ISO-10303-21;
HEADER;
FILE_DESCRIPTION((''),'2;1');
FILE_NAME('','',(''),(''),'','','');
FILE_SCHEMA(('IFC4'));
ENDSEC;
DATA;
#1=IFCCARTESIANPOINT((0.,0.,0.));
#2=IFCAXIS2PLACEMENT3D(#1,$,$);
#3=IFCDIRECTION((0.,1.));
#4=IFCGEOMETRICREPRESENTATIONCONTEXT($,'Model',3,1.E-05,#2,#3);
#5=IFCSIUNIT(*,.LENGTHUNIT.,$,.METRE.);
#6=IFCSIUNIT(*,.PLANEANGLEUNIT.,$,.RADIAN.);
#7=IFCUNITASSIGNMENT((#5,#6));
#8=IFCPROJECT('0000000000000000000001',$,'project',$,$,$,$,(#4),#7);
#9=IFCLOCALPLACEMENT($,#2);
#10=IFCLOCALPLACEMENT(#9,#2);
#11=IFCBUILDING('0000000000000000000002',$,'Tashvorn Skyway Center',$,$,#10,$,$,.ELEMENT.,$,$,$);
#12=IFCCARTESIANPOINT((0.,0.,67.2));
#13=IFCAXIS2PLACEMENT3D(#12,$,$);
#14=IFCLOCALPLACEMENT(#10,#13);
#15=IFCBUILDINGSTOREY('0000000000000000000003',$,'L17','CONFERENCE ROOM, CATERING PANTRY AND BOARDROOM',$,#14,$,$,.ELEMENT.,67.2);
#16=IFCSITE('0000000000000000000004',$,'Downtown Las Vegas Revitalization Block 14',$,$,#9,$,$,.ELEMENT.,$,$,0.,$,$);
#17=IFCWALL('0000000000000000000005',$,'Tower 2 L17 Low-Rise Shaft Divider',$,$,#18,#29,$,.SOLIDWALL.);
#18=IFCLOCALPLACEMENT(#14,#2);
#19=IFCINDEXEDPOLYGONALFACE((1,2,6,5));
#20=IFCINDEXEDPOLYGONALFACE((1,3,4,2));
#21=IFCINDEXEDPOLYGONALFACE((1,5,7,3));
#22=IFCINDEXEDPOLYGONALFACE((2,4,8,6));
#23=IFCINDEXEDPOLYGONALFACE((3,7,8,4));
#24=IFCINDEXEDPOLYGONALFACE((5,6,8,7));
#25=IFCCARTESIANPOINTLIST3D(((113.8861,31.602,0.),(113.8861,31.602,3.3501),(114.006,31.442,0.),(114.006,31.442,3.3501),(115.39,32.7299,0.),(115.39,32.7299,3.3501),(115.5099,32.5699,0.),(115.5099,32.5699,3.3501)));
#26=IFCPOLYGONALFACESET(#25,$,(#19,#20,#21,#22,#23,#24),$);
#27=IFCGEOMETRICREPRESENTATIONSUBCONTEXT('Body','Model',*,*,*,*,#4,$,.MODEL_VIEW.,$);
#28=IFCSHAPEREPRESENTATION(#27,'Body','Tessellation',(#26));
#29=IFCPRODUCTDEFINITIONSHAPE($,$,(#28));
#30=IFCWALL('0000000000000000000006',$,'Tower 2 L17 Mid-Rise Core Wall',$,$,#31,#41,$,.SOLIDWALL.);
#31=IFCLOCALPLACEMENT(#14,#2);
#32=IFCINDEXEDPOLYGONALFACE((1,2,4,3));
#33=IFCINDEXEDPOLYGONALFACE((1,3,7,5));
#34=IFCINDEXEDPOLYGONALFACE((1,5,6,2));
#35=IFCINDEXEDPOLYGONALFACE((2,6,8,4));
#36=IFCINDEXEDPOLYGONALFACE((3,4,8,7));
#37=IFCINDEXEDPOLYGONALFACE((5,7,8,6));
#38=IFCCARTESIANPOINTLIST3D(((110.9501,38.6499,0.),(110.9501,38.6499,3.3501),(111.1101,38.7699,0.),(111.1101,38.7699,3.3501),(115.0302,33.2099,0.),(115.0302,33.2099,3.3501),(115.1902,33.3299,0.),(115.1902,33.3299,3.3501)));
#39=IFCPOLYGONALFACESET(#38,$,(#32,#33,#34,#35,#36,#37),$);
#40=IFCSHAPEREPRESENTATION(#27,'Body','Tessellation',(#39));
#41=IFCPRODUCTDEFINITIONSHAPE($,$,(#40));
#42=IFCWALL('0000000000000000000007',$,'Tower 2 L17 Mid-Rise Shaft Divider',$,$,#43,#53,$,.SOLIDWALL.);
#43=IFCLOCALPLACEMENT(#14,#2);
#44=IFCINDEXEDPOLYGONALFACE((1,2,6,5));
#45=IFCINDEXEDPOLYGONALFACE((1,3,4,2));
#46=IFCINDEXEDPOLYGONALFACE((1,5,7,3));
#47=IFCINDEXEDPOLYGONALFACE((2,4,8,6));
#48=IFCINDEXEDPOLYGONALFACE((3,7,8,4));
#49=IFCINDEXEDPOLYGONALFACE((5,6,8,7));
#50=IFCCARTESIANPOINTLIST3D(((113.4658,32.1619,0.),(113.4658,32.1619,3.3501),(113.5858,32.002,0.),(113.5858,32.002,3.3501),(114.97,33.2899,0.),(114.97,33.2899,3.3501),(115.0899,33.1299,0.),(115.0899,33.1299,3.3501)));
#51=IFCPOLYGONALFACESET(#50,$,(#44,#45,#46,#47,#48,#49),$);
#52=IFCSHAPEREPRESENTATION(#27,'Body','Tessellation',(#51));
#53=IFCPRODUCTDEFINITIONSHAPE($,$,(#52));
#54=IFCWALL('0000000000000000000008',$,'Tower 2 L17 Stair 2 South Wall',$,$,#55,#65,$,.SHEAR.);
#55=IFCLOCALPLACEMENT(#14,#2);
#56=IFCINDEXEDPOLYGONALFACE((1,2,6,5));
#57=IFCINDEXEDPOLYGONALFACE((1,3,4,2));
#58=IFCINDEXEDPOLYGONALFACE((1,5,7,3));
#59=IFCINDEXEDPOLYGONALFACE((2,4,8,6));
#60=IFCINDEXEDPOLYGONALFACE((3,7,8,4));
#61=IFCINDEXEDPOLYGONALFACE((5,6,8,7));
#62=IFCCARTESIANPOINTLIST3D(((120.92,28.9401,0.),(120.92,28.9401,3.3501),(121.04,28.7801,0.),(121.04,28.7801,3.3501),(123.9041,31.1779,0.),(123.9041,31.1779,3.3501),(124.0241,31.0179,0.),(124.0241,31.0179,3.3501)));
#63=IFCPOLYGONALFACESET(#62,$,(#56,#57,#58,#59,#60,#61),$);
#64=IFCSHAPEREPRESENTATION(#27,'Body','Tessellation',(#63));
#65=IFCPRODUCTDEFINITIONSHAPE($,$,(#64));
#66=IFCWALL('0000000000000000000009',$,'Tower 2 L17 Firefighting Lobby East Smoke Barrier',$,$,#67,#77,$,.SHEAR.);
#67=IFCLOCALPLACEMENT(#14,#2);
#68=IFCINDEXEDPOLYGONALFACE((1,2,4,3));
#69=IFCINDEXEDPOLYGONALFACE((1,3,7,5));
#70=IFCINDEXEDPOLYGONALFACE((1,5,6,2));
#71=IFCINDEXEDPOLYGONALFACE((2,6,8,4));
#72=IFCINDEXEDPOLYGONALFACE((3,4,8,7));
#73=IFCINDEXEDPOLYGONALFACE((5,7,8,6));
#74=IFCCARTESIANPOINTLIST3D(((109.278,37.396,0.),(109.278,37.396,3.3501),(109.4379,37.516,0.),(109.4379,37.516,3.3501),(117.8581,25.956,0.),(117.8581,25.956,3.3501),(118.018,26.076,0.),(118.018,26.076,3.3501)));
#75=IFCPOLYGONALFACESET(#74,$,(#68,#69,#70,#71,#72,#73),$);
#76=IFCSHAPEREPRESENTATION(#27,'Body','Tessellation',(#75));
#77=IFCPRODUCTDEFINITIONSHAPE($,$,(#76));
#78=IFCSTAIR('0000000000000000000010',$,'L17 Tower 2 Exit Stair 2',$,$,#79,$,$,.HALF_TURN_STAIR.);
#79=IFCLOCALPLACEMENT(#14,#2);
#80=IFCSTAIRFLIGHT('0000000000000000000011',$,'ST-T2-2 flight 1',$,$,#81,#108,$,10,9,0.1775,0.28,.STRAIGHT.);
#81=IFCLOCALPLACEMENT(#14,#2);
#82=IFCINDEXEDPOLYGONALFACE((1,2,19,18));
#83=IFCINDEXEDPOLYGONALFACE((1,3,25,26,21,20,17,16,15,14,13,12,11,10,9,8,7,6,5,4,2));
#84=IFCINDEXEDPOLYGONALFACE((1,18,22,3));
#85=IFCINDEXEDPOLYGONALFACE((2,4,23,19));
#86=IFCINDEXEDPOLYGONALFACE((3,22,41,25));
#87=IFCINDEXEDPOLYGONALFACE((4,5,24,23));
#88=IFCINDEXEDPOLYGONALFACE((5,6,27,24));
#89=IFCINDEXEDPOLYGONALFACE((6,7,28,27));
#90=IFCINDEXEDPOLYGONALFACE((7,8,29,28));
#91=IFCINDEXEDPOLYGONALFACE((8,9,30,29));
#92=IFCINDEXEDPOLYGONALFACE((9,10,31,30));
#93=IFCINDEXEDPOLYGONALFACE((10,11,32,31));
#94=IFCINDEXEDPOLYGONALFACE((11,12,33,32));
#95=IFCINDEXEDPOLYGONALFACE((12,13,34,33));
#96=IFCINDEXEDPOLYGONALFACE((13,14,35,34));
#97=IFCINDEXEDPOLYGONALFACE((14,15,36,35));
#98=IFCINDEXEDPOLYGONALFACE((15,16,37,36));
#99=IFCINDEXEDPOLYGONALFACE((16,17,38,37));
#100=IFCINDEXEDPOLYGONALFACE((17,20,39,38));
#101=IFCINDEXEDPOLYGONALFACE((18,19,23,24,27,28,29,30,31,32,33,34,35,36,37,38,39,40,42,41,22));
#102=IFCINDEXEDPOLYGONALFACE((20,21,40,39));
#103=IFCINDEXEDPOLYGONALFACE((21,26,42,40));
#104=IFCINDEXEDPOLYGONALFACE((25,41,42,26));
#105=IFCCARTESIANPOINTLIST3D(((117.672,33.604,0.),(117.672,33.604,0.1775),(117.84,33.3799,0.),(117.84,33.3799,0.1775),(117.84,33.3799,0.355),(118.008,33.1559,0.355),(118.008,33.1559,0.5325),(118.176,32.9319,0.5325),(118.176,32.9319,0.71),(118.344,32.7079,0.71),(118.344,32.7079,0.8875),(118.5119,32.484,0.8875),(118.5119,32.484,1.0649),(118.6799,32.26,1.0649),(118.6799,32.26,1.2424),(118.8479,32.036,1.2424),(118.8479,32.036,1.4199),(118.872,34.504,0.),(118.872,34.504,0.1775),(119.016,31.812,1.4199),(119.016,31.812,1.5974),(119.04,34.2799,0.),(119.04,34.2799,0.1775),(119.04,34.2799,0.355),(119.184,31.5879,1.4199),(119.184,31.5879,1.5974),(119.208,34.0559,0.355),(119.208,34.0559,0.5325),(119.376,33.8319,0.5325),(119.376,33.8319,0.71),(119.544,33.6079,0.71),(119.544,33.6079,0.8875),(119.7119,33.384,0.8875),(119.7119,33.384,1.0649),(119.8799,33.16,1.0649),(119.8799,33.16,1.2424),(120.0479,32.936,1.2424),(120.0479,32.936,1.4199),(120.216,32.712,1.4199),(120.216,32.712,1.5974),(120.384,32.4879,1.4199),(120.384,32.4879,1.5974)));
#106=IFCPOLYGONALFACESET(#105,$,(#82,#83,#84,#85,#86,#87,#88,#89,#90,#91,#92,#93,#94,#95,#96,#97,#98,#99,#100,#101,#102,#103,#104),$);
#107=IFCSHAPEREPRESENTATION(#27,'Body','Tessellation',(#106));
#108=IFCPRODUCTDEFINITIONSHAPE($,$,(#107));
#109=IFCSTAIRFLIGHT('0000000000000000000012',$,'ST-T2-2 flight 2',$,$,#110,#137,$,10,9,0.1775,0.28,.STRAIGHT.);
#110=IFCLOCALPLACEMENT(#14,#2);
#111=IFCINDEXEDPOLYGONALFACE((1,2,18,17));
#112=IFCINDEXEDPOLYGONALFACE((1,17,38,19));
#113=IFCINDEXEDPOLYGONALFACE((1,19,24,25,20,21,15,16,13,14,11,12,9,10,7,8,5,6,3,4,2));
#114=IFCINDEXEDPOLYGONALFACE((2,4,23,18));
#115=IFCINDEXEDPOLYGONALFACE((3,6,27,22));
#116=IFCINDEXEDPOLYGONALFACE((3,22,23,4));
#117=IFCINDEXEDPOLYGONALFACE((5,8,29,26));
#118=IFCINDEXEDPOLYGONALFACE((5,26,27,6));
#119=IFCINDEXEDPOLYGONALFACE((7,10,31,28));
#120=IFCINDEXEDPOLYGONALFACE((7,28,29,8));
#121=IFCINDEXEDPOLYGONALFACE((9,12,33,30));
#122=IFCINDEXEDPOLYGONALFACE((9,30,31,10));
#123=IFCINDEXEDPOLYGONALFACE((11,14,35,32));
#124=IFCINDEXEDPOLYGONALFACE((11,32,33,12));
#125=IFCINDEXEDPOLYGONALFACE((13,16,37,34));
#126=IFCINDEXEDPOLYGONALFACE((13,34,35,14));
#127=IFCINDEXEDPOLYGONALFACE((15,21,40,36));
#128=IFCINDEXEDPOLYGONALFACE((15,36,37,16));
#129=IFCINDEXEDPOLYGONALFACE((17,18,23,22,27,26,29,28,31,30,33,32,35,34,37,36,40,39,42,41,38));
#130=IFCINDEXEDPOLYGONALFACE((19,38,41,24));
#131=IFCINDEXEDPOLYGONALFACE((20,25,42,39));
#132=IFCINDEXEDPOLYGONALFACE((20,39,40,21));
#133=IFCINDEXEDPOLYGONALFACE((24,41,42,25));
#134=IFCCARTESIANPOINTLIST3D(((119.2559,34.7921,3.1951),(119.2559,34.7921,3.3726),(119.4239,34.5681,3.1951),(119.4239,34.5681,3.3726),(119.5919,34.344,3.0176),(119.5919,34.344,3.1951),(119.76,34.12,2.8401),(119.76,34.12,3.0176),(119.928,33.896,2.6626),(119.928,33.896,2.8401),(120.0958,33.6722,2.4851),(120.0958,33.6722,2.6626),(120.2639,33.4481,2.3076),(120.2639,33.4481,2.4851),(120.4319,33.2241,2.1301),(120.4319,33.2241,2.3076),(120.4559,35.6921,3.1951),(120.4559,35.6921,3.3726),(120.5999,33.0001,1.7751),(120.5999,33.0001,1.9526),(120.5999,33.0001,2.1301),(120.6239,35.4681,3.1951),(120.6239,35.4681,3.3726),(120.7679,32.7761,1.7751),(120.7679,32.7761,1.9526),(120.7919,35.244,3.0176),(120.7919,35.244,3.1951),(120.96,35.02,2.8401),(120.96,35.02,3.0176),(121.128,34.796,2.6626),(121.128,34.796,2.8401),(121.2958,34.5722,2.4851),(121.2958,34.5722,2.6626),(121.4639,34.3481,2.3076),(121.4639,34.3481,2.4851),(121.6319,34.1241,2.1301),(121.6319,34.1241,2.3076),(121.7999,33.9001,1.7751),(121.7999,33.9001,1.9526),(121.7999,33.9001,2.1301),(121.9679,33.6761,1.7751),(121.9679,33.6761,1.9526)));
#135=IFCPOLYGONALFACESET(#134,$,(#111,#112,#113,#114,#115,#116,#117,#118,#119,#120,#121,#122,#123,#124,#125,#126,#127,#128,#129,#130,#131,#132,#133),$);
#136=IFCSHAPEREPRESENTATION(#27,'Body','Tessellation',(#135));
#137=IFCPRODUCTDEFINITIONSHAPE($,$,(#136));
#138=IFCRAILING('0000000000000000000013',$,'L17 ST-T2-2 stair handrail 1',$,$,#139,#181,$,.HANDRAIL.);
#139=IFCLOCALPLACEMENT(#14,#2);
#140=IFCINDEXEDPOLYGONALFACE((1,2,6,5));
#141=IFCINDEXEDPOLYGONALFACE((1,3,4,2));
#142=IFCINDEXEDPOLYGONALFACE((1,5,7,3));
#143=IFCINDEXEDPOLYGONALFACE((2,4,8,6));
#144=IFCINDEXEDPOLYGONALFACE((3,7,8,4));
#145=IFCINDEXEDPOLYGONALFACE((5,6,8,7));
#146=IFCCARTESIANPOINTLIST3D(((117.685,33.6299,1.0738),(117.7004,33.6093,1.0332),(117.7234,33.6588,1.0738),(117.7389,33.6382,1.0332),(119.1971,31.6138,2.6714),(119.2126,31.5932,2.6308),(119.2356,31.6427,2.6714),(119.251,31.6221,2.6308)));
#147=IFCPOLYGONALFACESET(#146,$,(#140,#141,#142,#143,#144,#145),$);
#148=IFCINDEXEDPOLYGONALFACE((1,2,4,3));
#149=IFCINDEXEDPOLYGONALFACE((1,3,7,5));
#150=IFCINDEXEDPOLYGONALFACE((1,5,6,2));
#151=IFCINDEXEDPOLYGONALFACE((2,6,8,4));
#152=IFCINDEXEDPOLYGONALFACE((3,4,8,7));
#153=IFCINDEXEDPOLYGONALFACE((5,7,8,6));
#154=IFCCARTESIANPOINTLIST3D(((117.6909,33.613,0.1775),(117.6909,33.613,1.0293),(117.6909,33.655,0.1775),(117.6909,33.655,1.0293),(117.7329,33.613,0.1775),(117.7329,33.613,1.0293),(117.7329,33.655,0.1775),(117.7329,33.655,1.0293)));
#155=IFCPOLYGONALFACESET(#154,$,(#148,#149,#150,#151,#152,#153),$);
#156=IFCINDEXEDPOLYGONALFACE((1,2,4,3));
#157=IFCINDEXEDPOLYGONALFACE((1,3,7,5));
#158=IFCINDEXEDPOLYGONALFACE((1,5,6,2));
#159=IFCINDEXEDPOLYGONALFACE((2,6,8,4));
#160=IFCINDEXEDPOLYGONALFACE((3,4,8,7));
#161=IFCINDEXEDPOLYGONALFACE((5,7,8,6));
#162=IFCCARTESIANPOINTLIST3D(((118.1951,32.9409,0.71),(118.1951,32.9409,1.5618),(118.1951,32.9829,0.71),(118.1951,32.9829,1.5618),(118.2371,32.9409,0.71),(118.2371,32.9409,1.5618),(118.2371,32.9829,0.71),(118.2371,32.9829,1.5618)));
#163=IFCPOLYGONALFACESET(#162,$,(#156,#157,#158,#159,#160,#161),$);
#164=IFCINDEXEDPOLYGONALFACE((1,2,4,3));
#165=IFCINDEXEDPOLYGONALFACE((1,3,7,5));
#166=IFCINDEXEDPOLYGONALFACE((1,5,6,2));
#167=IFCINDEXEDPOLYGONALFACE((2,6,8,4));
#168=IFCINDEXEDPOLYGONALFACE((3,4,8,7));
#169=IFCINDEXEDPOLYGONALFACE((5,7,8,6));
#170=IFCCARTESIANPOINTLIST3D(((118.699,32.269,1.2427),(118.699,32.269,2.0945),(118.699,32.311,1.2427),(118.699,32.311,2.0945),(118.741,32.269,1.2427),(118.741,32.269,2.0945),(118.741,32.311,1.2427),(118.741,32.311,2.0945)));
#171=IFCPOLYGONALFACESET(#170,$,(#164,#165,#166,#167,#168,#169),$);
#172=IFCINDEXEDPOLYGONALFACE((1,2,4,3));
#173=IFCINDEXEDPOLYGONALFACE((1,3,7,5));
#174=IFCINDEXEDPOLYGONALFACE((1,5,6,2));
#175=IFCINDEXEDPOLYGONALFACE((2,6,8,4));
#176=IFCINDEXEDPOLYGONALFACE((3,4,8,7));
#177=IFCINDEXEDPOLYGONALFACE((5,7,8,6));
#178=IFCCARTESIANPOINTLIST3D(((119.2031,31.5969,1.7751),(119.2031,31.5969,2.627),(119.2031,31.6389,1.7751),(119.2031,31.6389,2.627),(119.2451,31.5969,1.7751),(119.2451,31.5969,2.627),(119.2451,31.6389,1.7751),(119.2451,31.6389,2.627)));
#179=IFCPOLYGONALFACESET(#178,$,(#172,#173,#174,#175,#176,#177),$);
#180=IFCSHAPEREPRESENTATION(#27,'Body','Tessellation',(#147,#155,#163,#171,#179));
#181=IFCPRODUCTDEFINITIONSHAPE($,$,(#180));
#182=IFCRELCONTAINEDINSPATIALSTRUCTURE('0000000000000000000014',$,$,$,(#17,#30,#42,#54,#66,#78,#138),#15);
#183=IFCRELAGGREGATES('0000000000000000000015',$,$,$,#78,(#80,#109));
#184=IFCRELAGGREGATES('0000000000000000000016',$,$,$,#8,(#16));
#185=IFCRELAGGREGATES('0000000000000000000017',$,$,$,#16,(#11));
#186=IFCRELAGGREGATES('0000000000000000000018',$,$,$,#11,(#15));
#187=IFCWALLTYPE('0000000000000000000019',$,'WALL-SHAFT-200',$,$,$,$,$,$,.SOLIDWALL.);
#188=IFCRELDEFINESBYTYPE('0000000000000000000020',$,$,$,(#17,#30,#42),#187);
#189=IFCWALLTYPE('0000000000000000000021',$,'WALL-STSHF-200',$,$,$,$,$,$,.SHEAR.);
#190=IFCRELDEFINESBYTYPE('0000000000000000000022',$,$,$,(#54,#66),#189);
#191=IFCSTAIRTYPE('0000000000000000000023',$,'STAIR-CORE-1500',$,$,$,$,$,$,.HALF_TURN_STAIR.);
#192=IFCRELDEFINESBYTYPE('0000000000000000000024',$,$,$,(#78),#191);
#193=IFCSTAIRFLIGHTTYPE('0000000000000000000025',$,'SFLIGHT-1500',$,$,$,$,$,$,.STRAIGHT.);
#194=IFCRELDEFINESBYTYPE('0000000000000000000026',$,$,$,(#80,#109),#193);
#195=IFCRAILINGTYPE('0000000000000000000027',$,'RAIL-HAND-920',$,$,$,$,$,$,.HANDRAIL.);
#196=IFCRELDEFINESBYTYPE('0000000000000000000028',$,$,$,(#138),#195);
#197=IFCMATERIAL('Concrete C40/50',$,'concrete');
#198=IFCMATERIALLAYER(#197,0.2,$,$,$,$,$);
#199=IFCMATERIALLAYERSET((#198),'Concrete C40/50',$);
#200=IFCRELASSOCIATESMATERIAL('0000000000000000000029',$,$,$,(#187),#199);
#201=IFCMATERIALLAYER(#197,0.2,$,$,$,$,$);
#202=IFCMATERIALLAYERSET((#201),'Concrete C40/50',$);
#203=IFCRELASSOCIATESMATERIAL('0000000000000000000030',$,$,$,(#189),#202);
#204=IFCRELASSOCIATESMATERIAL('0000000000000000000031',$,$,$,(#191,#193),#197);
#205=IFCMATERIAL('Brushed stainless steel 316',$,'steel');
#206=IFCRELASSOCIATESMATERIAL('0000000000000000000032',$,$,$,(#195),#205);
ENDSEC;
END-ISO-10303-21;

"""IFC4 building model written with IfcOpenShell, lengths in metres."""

from ifc_helpers import new_model, si_unit, direction, frame, frame_2d, origin, origin_2d, place, context, subcontext, project, spatial, polyline, rectangle, outline, extrude, material, layer, layer_set, type_object, element, aggregate, save


model = new_model("IFC4")

# Units and contexts
model_context = context("Model", 3, precision=1e-05, world=origin(), true_north=direction((0.0, 1.0)))
body_context = subcontext(model_context, "Body", "Model", "MODEL_VIEW")
ifc_project = project(units=[si_unit("LENGTHUNIT", "METRE"), si_unit("PLANEANGLEUNIT", "RADIAN")], contexts=[model_context])

# Site, building, storey
site_placement = place(None, origin())
site = spatial("IfcSite", under=ifc_project, at=site_placement, Name="Downtown Las Vegas Revitalization Block 14", CompositionType="ELEMENT", RefElevation=0.0)
building_placement = place(site_placement, origin())
building = spatial("IfcBuilding", under=site, at=building_placement, Name="Tashvorn Skyway Center", CompositionType="ELEMENT")
storey_placement = place(building_placement, frame((0.0, 0.0, 67.2)))
storey = spatial("IfcBuildingStorey", under=building, at=storey_placement, Name="L17", Description="CONFERENCE ROOM, CATERING PANTRY AND BOARDROOM", CompositionType="ELEMENT", Elevation=67.2)

# Shared definitions
ifc_material_1 = material(Name="Concrete C40/50", Category="concrete")

# Shared definitions
ifc_layer_1 = layer(ifc_material_1, 0.2)
ifc_layer_set_1 = layer_set([ifc_layer_1], Name="Concrete C40/50")
wall_type_1 = type_object("IfcWallType", Name="WALL-SHAFT-200", PredefinedType="SOLIDWALL", material=ifc_layer_set_1)

# Walls
wall_1_placement = place(storey_placement, frame((113.946, 31.522, 0.0), z_axis=(0.0, 0.0, 1.0), x_axis=(0.8, 0.6, 0.0)))
element("IfcWall", 1, at=wall_1_placement, inside=storey, type_object=wall_type_1, Name="Tower 2 L17 Low-Rise Shaft Divider", PredefinedType="SOLIDWALL", context=body_context, shape_type="SweptSolid", body=[
    extrude(rectangle(XDim=1.8799, YDim=0.2, at=frame_2d((0.9399, 0.0))), origin(), (0.0, 0.0, 1.0), 3.3501),
])
wall_2_placement = place(storey_placement, frame((115.1101, 33.27, 0.0), z_axis=(0.0, 0.0, 1.0), x_axis=(-0.600011, 0.799991, 0.0)))
element("IfcWall", 2, at=wall_2_placement, inside=storey, type_object=wall_type_1, Name="Tower 2 L17 Mid-Rise Core Wall", PredefinedType="SOLIDWALL", context=body_context, shape_type="SweptSolid", body=[
    extrude(rectangle(XDim=6.8, YDim=0.2, at=frame_2d((3.3999, 0.0))), origin(), (0.0, 0.0, 1.0), 3.3501),
])
wall_3_placement = place(storey_placement, frame((113.5259, 32.082, 0.0), z_axis=(0.0, 0.0, 1.0), x_axis=(0.800047, 0.599938, 0.0)))
element("IfcWall", 3, at=wall_3_placement, inside=storey, type_object=wall_type_1, Name="Tower 2 L17 Mid-Rise Shaft Divider", PredefinedType="SOLIDWALL", context=body_context, shape_type="SweptSolid", body=[
    extrude(rectangle(XDim=1.8801, YDim=0.2, at=frame_2d((0.9399, 0.0))), origin(), (0.0, 0.0, 1.0), 3.3501),
])
ifc_layer_2 = layer(ifc_material_1, 0.2)
ifc_layer_set_2 = layer_set([ifc_layer_2], Name="Concrete C40/50")
wall_type_2 = type_object("IfcWallType", Name="WALL-STSHF-200", PredefinedType="SHEAR", material=ifc_layer_set_2)
wall_4_placement = place(storey_placement, frame((120.98, 28.8601, 0.0), z_axis=(0.0, 0.0, 1.0), x_axis=(0.800039, 0.599948, 0.0)))
element("IfcWall", 4, at=wall_4_placement, inside=storey, type_object=wall_type_2, Name="Tower 2 L17 Stair 2 South Wall", PredefinedType="SHEAR", context=body_context, shape_type="SweptSolid", body=[
    extrude(rectangle(XDim=3.73, YDim=0.2, at=frame_2d((1.865, 0.0))), origin(), (0.0, 0.0, 1.0), 3.3501),
])
wall_5_placement = place(storey_placement, frame((117.938, 26.0161, 0.0), z_axis=(0.0, 0.0, 1.0), x_axis=(-0.600005, 0.799996, 0.0)))
element("IfcWall", 5, at=wall_5_placement, inside=storey, type_object=wall_type_2, Name="Tower 2 L17 Firefighting Lobby East Smoke Barrier", PredefinedType="SHEAR", context=body_context, shape_type="SweptSolid", body=[
    extrude(rectangle(XDim=14.3, YDim=0.2, at=frame_2d((7.1499, 0.0))), origin(), (0.0, 0.0, 1.0), 3.3501),
])

# Stair, stair flights
stair_type = type_object("IfcStairType", Name="STAIR-CORE-1500", PredefinedType="HALF_TURN_STAIR", material=ifc_material_1)
stair_placement = place(storey_placement, origin())
stair = element("IfcStair", 6, at=stair_placement, inside=storey, type_object=stair_type, Name="L17 Tower 2 Exit Stair 2", PredefinedType="HALF_TURN_STAIR")
stair_flight_type = type_object("IfcStairFlightType", Name="SFLIGHT-1500", PredefinedType="STRAIGHT", material=ifc_material_1)
stair_flight_1_placement = place(storey_placement, frame((118.272, 34.054, 0.0), z_axis=(0.0, 0.0, 1.0), x_axis=(0.6, -0.8, 0.0)))
stair_flight_1 = element("IfcStairFlight", 7, at=stair_flight_1_placement, type_object=stair_flight_type, Name="ST-T2-2 flight 1", NumberOfRisers=10, NumberOfTreads=9, PredefinedType="STRAIGHT", RiserHeight=0.1775, TreadLength=0.28, context=body_context, shape_type="SweptSolid", body=[
    extrude(outline(polyline([(0.0, 0.0), (0.0, 0.1775), (0.28, 0.1775), (0.28, 0.355), (0.5601, 0.355), (0.5601, 0.5325), (0.8401, 0.5325), (0.8401, 0.71), (1.1201, 0.71), (1.1201, 0.8875), (1.3999, 0.8875), (1.3999, 1.0649), (1.6799, 1.0649), (1.6799, 1.2424), (1.96, 1.2424), (1.96, 1.4199), (2.24, 1.4199), (2.24, 1.5974), (2.52, 1.5974), (2.52, 1.7749), (2.52, 1.4199), (0.28, 0.0), (0.0, 0.0)])), frame((0.0, 0.75, 0.0), z_axis=(0.0, -1.0, 0.0), x_axis=(1.0, 0.0, 0.0)), (0.0, 0.0, 1.0), 1.5),
])
stair_flight_2_placement = place(storey_placement, frame((121.3679, 33.2261, 1.7751), z_axis=(0.0, 0.0, 1.0), x_axis=(-0.6, 0.8, 0.0)))
stair_flight_2 = element("IfcStairFlight", 8, at=stair_flight_2_placement, type_object=stair_flight_type, Name="ST-T2-2 flight 2", NumberOfRisers=10, NumberOfTreads=9, PredefinedType="STRAIGHT", RiserHeight=0.1775, TreadLength=0.28, context=body_context, shape_type="SweptSolid", body=[
    extrude(outline(polyline([(0.0, 0.0), (0.0, 0.1775), (0.28, 0.1775), (0.28, 0.355), (0.5601, 0.355), (0.5601, 0.5325), (0.8401, 0.5325), (0.8401, 0.71), (1.1201, 0.71), (1.1201, 0.8875), (1.3999, 0.8875), (1.3999, 1.0649), (1.6799, 1.0649), (1.6799, 1.2424), (1.96, 1.2424), (1.96, 1.4199), (2.24, 1.4199), (2.24, 1.5974), (2.52, 1.5974), (2.52, 1.7749), (2.52, 1.4199), (0.28, 0.0), (0.0, 0.0)])), frame((0.0, 0.75, 0.0), z_axis=(0.0, -1.0, 0.0), x_axis=(1.0, 0.0, 0.0)), (0.0, 0.0, 1.0), 1.5),
])
aggregate(stair, [stair_flight_1, stair_flight_2])

# Railing
ifc_material_2 = material(Name="Brushed stainless steel 316", Category="steel")
railing_type_1 = type_object("IfcRailingType", Name="RAIL-HAND-920", PredefinedType="HANDRAIL", material=ifc_material_2)
railing_1_placement = place(storey_placement, frame((117.7119, 33.634, 0.1775)))
element("IfcRailing", 9, at=railing_1_placement, inside=storey, type_object=railing_type_1, Name="L17 ST-T2-2 stair handrail 1", PredefinedType="HANDRAIL", context=body_context, shape_type="SweptSolid", body=[
    extrude(rectangle(XDim=0.0481, YDim=0.0481, at=origin_2d()), frame((0.0, 0.0, 0.876), z_axis=(0.506779, -0.675651, 0.535416), x_axis=(0.799977, 0.600031, 0.0)), (0.0, 0.0, 1.0), 2.9839),
    extrude(rectangle(XDim=0.042, YDim=0.042, at=origin_2d()), origin(), (0.0, 0.0, 1.0), 0.8518),
    extrude(rectangle(XDim=0.042, YDim=0.042, at=origin_2d()), frame((0.5042, -0.6721, 0.5325)), (0.0, 0.0, 1.0), 0.8518),
    extrude(rectangle(XDim=0.042, YDim=0.042, at=origin_2d()), frame((1.0081, -1.344, 1.0652)), (0.0, 0.0, 1.0), 0.8518),
    extrude(rectangle(XDim=0.042, YDim=0.042, at=origin_2d()), frame((1.5122, -2.0161, 1.5977)), (0.0, 0.0, 1.0), 0.8518),
])

save(model, "model.ifc")
